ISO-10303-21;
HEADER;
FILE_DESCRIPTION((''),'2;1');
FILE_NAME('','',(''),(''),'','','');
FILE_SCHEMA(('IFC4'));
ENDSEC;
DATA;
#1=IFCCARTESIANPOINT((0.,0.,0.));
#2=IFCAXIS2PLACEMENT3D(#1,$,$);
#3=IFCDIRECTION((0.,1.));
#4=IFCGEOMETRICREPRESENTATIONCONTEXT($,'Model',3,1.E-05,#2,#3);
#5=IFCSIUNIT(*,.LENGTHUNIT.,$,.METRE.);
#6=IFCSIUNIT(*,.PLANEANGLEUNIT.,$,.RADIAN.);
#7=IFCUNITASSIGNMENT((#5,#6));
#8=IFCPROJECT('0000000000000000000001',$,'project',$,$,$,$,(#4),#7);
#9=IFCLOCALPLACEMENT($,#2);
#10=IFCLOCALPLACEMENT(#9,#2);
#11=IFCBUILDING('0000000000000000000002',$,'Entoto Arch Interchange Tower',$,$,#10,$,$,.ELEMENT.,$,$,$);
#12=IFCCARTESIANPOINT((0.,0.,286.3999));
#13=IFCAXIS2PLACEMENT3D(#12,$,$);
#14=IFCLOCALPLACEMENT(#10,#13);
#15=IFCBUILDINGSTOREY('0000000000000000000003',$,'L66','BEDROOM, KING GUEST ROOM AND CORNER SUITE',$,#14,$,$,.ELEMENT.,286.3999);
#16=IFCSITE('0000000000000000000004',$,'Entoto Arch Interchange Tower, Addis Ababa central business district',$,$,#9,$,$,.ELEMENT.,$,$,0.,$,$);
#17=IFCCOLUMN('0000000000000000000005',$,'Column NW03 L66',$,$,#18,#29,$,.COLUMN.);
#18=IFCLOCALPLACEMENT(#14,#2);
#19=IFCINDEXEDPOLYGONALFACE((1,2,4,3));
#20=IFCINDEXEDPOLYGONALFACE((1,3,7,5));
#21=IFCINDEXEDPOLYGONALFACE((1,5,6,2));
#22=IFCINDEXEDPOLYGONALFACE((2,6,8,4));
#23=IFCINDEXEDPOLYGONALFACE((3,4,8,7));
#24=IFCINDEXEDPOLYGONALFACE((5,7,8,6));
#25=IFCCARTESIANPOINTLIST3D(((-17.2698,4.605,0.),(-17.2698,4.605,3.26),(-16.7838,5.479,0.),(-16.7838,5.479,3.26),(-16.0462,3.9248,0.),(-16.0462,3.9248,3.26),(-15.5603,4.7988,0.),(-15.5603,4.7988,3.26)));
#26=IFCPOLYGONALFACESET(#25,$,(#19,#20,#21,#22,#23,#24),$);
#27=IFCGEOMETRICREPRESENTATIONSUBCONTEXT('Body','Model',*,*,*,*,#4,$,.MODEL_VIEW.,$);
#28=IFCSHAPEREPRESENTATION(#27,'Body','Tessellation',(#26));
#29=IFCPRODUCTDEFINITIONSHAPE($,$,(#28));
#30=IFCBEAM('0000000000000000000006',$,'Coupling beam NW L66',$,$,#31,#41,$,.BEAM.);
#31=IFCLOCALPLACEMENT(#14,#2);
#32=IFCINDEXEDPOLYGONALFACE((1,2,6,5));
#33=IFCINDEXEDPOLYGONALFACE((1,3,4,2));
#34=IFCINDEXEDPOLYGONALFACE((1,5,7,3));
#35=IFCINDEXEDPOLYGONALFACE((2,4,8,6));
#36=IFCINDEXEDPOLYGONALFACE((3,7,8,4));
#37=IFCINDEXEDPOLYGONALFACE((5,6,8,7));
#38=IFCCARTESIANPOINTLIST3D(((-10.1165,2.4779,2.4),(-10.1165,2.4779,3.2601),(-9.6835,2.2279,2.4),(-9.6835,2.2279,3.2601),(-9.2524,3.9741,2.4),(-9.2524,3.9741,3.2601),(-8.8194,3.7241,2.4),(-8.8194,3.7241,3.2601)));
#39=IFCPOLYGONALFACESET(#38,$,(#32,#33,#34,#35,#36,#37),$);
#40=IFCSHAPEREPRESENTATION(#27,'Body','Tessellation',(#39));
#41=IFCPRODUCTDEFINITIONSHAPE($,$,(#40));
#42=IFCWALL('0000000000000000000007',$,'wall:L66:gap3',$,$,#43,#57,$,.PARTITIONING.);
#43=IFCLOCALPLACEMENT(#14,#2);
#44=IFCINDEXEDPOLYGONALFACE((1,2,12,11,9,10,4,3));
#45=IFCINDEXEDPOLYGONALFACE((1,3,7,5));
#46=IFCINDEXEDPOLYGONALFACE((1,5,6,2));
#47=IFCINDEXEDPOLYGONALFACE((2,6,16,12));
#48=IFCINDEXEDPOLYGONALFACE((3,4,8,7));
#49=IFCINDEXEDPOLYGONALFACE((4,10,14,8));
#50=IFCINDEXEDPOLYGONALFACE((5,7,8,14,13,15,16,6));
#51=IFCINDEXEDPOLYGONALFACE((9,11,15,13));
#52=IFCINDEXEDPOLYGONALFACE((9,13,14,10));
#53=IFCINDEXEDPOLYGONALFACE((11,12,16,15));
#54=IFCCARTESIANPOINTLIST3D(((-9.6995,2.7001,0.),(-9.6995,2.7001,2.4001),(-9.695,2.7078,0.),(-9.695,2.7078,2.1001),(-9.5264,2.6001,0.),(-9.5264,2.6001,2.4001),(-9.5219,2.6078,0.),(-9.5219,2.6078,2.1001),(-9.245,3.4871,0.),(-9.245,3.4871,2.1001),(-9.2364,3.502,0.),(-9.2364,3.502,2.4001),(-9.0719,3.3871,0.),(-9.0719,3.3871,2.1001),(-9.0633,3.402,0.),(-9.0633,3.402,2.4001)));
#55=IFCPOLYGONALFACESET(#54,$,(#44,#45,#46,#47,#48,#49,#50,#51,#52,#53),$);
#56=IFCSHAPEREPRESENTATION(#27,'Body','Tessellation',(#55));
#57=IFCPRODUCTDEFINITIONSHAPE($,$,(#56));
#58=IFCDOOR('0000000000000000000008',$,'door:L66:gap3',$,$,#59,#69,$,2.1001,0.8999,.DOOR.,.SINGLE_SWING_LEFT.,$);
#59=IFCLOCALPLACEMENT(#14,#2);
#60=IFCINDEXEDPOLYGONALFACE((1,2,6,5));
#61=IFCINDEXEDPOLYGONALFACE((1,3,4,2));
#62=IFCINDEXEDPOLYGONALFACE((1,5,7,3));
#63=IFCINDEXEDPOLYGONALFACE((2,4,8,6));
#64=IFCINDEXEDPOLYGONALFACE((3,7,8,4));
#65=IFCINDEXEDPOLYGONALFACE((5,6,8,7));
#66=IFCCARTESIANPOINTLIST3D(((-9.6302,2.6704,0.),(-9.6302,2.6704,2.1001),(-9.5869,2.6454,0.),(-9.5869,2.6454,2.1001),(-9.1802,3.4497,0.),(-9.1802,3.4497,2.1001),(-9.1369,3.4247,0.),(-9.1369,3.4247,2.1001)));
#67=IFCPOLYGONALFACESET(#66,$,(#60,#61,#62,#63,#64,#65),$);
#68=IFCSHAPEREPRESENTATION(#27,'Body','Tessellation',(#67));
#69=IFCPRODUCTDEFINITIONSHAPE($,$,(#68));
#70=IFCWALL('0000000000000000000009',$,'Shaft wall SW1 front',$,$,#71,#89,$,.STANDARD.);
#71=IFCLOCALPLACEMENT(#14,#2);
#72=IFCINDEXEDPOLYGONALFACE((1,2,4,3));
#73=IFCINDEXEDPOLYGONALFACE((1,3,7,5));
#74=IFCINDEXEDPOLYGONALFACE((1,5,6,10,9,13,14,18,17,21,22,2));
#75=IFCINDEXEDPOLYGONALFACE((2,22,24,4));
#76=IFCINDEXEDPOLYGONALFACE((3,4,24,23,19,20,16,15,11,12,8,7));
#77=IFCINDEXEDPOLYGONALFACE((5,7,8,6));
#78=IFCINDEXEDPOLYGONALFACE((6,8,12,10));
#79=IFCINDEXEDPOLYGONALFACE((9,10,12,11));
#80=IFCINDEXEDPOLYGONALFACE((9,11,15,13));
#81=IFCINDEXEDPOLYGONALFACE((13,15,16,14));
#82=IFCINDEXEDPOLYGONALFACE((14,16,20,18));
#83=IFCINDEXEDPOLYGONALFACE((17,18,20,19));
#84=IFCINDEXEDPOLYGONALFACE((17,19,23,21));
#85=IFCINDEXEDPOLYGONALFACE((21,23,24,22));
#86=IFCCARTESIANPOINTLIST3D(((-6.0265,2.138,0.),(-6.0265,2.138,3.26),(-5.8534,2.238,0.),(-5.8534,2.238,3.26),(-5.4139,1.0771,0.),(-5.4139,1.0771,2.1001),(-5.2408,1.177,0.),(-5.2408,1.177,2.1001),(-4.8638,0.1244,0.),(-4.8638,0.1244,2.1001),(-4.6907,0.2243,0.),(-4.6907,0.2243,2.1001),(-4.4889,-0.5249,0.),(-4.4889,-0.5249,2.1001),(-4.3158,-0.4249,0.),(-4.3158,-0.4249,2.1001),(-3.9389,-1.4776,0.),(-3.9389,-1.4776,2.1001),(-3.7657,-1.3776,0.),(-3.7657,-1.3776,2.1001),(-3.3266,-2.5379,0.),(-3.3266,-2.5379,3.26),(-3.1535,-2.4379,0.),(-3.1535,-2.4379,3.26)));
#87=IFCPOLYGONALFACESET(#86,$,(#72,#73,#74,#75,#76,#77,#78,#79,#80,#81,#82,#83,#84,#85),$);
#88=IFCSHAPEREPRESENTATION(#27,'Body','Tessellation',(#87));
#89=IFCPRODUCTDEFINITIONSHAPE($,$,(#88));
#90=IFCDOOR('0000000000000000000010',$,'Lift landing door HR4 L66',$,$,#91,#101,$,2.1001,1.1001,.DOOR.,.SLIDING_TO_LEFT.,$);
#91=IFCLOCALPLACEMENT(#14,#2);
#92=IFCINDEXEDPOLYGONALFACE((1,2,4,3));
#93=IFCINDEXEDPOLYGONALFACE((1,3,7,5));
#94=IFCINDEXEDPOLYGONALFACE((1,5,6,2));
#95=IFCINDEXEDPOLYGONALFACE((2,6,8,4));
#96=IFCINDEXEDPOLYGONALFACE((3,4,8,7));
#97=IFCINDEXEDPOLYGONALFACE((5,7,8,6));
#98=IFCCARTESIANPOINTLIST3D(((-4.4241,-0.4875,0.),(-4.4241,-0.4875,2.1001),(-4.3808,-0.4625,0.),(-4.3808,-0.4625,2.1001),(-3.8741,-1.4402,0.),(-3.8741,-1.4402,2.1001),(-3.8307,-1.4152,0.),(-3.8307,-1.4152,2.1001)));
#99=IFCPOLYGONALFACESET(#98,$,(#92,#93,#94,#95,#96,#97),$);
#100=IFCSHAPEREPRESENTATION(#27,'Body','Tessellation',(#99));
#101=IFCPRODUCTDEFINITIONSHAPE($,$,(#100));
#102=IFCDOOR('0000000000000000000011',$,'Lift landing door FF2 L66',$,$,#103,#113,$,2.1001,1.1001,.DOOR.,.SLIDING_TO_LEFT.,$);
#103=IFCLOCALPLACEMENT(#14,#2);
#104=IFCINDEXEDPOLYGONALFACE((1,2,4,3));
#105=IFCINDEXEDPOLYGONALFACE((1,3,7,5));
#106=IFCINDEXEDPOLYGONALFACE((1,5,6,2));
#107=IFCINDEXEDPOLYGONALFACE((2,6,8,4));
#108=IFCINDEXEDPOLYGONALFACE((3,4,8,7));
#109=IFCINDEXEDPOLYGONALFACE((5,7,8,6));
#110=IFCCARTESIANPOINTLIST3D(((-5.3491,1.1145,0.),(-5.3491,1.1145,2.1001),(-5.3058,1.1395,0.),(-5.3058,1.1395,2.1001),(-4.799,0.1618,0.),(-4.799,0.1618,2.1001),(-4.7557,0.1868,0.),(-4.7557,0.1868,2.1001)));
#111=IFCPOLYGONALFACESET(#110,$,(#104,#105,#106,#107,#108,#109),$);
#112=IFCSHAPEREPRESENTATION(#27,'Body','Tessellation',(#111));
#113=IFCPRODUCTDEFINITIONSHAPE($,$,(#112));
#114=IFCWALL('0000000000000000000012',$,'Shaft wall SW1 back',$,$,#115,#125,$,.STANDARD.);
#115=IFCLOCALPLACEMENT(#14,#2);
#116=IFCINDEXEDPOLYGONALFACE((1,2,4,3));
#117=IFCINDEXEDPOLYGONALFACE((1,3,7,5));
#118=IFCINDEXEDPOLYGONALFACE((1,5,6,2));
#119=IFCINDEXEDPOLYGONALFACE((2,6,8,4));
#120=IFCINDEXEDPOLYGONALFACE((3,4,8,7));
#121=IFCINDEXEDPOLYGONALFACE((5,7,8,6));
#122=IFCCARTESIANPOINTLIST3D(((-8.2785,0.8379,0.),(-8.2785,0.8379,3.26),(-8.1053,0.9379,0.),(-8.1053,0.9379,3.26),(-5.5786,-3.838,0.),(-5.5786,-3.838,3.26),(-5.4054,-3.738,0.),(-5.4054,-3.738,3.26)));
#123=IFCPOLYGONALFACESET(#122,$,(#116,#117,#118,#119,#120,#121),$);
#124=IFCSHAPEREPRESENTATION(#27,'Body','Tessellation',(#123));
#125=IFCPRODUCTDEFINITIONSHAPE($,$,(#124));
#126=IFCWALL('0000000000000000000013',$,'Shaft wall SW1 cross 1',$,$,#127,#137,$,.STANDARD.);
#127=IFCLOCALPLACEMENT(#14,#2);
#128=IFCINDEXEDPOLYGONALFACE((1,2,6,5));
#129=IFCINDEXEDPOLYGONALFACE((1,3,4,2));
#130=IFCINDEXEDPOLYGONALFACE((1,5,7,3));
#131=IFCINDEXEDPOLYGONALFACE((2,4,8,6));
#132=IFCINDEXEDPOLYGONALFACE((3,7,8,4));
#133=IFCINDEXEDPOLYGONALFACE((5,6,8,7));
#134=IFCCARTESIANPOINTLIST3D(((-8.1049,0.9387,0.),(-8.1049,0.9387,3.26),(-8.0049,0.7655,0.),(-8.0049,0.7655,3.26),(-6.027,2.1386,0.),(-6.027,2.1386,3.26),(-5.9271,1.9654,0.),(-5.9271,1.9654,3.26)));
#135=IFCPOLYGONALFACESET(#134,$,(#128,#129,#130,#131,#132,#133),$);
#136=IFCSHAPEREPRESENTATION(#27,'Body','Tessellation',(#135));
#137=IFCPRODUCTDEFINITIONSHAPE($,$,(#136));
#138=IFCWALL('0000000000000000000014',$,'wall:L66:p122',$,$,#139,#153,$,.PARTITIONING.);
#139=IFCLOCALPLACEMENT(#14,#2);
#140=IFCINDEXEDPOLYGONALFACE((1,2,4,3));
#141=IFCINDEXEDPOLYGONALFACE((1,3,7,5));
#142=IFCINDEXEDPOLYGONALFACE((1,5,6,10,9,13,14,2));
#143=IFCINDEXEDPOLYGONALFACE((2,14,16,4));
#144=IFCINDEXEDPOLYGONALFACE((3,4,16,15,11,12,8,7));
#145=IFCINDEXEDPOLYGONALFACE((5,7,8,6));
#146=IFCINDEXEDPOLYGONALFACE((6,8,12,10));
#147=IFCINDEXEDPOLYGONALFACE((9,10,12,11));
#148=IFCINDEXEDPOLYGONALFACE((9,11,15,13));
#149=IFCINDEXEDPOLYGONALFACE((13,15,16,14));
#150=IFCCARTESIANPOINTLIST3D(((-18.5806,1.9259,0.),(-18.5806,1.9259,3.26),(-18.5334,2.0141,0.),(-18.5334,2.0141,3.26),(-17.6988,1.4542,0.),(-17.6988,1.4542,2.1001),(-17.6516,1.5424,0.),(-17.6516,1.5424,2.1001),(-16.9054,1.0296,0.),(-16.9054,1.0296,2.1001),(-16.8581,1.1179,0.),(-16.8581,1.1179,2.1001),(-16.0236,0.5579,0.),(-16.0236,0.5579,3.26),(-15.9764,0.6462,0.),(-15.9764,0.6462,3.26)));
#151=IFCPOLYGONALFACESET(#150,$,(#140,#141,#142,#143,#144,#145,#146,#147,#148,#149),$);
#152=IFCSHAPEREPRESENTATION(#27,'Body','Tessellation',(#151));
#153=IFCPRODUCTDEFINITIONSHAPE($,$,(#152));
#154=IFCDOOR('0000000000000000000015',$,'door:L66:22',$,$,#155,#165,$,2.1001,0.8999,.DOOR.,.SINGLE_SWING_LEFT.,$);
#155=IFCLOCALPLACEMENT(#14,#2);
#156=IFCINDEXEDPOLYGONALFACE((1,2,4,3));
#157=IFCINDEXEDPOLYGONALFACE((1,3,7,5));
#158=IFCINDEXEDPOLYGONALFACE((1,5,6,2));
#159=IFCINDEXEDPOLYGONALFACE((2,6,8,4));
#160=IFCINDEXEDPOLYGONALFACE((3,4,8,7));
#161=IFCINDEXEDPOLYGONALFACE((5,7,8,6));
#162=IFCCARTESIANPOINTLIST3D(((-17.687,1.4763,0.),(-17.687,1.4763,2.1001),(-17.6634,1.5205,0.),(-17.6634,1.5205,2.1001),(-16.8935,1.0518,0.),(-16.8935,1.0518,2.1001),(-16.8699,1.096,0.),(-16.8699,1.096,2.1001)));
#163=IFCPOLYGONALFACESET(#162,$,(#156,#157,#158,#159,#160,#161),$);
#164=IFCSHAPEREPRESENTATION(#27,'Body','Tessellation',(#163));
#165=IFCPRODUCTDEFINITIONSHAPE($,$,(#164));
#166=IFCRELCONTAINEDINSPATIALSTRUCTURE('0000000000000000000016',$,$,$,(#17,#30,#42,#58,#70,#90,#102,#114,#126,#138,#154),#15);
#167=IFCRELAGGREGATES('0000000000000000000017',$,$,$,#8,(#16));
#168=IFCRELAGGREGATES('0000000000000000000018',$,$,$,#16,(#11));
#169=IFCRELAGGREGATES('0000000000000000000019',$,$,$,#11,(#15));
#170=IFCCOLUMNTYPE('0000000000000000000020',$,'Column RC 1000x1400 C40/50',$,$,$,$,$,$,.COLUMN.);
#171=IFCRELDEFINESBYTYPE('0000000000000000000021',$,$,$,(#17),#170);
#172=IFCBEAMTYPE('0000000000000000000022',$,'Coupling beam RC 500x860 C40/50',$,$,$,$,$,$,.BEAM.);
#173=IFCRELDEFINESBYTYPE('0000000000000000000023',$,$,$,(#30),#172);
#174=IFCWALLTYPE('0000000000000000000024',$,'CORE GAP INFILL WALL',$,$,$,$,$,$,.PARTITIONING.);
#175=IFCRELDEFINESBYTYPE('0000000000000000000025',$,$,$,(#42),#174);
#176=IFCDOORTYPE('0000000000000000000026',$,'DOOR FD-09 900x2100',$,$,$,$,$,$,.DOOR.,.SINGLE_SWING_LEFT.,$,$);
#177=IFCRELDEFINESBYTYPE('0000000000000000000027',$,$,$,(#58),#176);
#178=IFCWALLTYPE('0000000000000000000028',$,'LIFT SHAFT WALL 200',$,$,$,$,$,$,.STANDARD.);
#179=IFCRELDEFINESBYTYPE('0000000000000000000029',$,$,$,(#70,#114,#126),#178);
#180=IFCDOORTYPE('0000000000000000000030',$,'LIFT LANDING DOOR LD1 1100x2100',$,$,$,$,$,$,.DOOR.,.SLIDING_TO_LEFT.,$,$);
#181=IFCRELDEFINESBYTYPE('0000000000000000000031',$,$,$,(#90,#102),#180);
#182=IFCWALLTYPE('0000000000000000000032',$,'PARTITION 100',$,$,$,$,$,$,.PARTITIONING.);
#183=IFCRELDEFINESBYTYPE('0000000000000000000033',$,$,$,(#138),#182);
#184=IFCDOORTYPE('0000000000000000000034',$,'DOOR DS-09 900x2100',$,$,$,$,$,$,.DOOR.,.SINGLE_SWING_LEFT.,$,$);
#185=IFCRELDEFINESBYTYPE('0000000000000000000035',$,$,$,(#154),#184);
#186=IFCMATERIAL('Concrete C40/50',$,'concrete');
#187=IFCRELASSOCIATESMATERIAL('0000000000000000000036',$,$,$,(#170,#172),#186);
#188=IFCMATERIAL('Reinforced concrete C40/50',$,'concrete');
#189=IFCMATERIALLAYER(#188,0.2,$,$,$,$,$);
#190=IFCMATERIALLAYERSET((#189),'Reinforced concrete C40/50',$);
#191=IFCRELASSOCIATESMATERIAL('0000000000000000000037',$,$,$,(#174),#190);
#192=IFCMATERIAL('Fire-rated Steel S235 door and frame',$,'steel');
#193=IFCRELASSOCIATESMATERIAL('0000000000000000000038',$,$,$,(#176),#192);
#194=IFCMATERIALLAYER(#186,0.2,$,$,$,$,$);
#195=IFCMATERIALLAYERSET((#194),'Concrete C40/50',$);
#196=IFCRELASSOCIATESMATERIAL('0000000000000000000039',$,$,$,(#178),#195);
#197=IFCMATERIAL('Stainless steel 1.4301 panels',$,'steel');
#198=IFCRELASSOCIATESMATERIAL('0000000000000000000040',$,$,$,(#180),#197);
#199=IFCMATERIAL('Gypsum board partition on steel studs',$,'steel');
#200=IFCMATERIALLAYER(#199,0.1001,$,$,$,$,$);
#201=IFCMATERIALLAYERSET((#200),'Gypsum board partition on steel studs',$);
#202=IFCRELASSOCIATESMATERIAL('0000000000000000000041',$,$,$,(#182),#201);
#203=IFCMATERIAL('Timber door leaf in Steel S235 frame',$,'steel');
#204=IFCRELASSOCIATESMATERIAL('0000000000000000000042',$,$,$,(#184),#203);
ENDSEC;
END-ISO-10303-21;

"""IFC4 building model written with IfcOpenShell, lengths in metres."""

from ifc_helpers import new_model, si_unit, direction, frame, frame_2d, origin, origin_2d, place, context, subcontext, project, spatial, rectangle, extrude, material, layer, layer_set, material_profile, profile_set, type_object, element, fill, save


model = new_model("IFC4")

# Units and contexts
model_context = context("Model", 3, precision=1e-05, world=origin(), true_north=direction((0.0, 1.0)))
body_context = subcontext(model_context, "Body", "Model", "MODEL_VIEW")
ifc_project = project(units=[si_unit("LENGTHUNIT", "METRE"), si_unit("PLANEANGLEUNIT", "RADIAN")], contexts=[model_context])

# Site, building, storey
site_placement = place(None, origin())
site = spatial("IfcSite", under=ifc_project, at=site_placement, Name="Entoto Arch Interchange Tower, Addis Ababa central business district", CompositionType="ELEMENT", RefElevation=0.0)
building_placement = place(site_placement, origin())
building = spatial("IfcBuilding", under=site, at=building_placement, Name="Entoto Arch Interchange Tower", CompositionType="ELEMENT")
storey_placement = place(building_placement, frame((0.0, 0.0, 286.3999)))
storey = spatial("IfcBuildingStorey", under=building, at=storey_placement, Name="L66", Description="BEDROOM, KING GUEST ROOM AND CORNER SUITE", CompositionType="ELEMENT", Elevation=286.3999)

# Column
ifc_material_1 = material(Name="Concrete C40/50", Category="concrete")
ifc_material_profile_1 = material_profile(ifc_material_1, rectangle(XDim=1.0, YDim=1.3999, at=origin_2d()))
ifc_profile_set_1 = profile_set([ifc_material_profile_1], Name="Concrete C40/50")
column_type = type_object("IfcColumnType", Name="Column RC 1000x1400 C40/50", PredefinedType="COLUMN", material=ifc_profile_set_1)
column_placement = place(storey_placement, frame((-16.415, 4.7019, 0.0), z_axis=(0.0, 0.0, 1.0), x_axis=(0.485924, 0.874001, 0.0)))
element("IfcColumn", 1, at=column_placement, inside=storey, type_object=column_type, Name="Column NW03 L66", PredefinedType="COLUMN", context=body_context, shape_type="SweptSolid", body=[
    extrude(rectangle(XDim=1.0, YDim=1.3999, at=origin_2d()), origin(), (0.0, 0.0, 1.0), 3.26),
])

# Beam
ifc_material_profile_2 = material_profile(ifc_material_1, rectangle(XDim=0.5, YDim=0.8601, at=origin_2d()))
ifc_profile_set_2 = profile_set([ifc_material_profile_2], Name="Concrete C40/50")
beam_type = type_object("IfcBeamType", Name="Coupling beam RC 500x860 C40/50", PredefinedType="BEAM", material=ifc_profile_set_2)
beam_placement = place(storey_placement, frame((-9.0359, 3.8491, 2.8301), z_axis=(-0.500106, -0.865964, 0.0), x_axis=(0.865964, -0.500106, 0.0)))
element("IfcBeam", 2, at=beam_placement, inside=storey, type_object=beam_type, Name="Coupling beam NW L66", PredefinedType="BEAM", context=body_context, shape_type="SweptSolid", body=[
    extrude(rectangle(XDim=0.5, YDim=0.8601, at=origin_2d()), origin(), (0.0, 0.0, 1.0), 1.7278),
])

# Wall, opening, door
ifc_material_2 = material(Name="Reinforced concrete C40/50", Category="concrete")
ifc_layer_1 = layer(ifc_material_2, 0.2)
ifc_layer_set_1 = layer_set([ifc_layer_1], Name="Reinforced concrete C40/50")
wall_type_1 = type_object("IfcWallType", Name="CORE GAP INFILL WALL", PredefinedType="PARTITIONING", material=ifc_layer_set_1)
wall_1_placement = place(storey_placement, frame((-9.1499, 3.4519, 0.0), z_axis=(0.0, 0.0, 1.0), x_axis=(-0.50008, -0.865979, 0.0)))
wall_1 = element("IfcWall", 3, at=wall_1_placement, inside=storey, type_object=wall_type_1, Name="wall:L66:gap3", PredefinedType="PARTITIONING", context=body_context, shape_type="SweptSolid", body=[
    extrude(rectangle(XDim=0.926, YDim=0.2, at=frame_2d((0.4629, 0.0))), origin(), (0.0, 0.0, 1.0), 2.4001),
])
opening_1_placement = place(wall_1_placement, frame((0.0171, 0.0, 0.0)))
opening_1 = element("IfcOpeningElement", 4, at=opening_1_placement, cuts=wall_1, PredefinedType="OPENING", context=body_context, shape_type="SweptSolid", body=[
    extrude(rectangle(XDim=0.8999, YDim=2.1001, at=frame_2d((0.45, 1.05))), frame((0.0, 0.1099, 0.0), z_axis=(0.0, -1.0, 0.0), x_axis=(1.0, 0.0, 0.0)), (0.0, 0.0, 1.0), 0.22),
])
ifc_material_3 = material(Name="Fire-rated Steel S235 door and frame", Category="steel")
door_type_1 = type_object("IfcDoorType", Name="DOOR FD-09 900x2100", OperationType="SINGLE_SWING_LEFT", PredefinedType="DOOR", material=ifc_material_3)
door_1_placement = place(opening_1_placement, origin())
door_1 = element("IfcDoor", 5, at=door_1_placement, inside=storey, type_object=door_type_1, Name="door:L66:gap3", OperationType="SINGLE_SWING_LEFT", OverallHeight=2.1001, OverallWidth=0.8999, PredefinedType="DOOR", context=body_context, shape_type="SweptSolid", body=[
    extrude(rectangle(XDim=0.8999, YDim=2.1001, at=frame_2d((0.45, 1.05))), frame((0.0, 0.0249, 0.0), z_axis=(0.0, -1.0, 0.0), x_axis=(1.0, 0.0, 0.0)), (0.0, 0.0, 1.0), 0.05),
])
fill(opening_1, door_1)

# Wall, openings, doors
ifc_layer_2 = layer(ifc_material_1, 0.2)
ifc_layer_set_2 = layer_set([ifc_layer_2], Name="Concrete C40/50")
wall_type_2 = type_object("IfcWallType", Name="LIFT SHAFT WALL 200", PredefinedType="STANDARD", material=ifc_layer_set_2)
wall_2_placement = place(storey_placement, frame((-5.9399, 2.188, 0.0), z_axis=(0.0, 0.0, 1.0), x_axis=(0.500034, -0.866006, 0.0)))
wall_2 = element("IfcWall", 6, at=wall_2_placement, inside=storey, type_object=wall_type_2, Name="Shaft wall SW1 front", PredefinedType="STANDARD", context=body_context, shape_type="SweptSolid", body=[
    extrude(rectangle(XDim=5.3994, YDim=0.2, at=frame_2d((2.6997, 0.0))), origin(), (0.0, 0.0, 1.0), 3.26),
])
opening_2_placement = place(wall_2_placement, frame((3.075, 0.0, 0.0)))
opening_2 = element("IfcOpeningElement", 7, at=opening_2_placement, cuts=wall_2, PredefinedType="OPENING", context=body_context, shape_type="SweptSolid", body=[
    extrude(rectangle(XDim=1.1001, YDim=2.1001, at=frame_2d((0.55, 1.05))), frame((0.0, 0.1099, 0.0), z_axis=(0.0, -1.0, 0.0), x_axis=(1.0, 0.0, 0.0)), (0.0, 0.0, 1.0), 0.22),
])
opening_3_placement = place(wall_2_placement, frame((1.2251, 0.0, 0.0)))
opening_3 = element("IfcOpeningElement", 8, at=opening_3_placement, cuts=wall_2, PredefinedType="OPENING", context=body_context, shape_type="SweptSolid", body=[
    extrude(rectangle(XDim=1.1001, YDim=2.1001, at=frame_2d((0.55, 1.05))), frame((0.0, 0.1099, 0.0), z_axis=(0.0, -1.0, 0.0), x_axis=(1.0, 0.0, 0.0)), (0.0, 0.0, 1.0), 0.22),
])
ifc_material_4 = material(Name="Stainless steel 1.4301 panels", Category="steel")
door_type_2 = type_object("IfcDoorType", Name="LIFT LANDING DOOR LD1 1100x2100", OperationType="SLIDING_TO_LEFT", PredefinedType="DOOR", material=ifc_material_4)
door_2_placement = place(opening_2_placement, origin())
door_2 = element("IfcDoor", 9, at=door_2_placement, inside=storey, type_object=door_type_2, Name="Lift landing door HR4 L66", OperationType="SLIDING_TO_LEFT", OverallHeight=2.1001, OverallWidth=1.1001, PredefinedType="DOOR", context=body_context, shape_type="SweptSolid", body=[
    extrude(rectangle(XDim=1.1001, YDim=2.1001, at=frame_2d((0.55, 1.05))), frame((0.0, 0.0249, 0.0), z_axis=(0.0, -1.0, 0.0), x_axis=(1.0, 0.0, 0.0)), (0.0, 0.0, 1.0), 0.05),
])
fill(opening_2, door_2)
door_3_placement = place(opening_3_placement, origin())
door_3 = element("IfcDoor", 10, at=door_3_placement, inside=storey, type_object=door_type_2, Name="Lift landing door FF2 L66", OperationType="SLIDING_TO_LEFT", OverallHeight=2.1001, OverallWidth=1.1001, PredefinedType="DOOR", context=body_context, shape_type="SweptSolid", body=[
    extrude(rectangle(XDim=1.1001, YDim=2.1001, at=frame_2d((0.55, 1.05))), frame((0.0, 0.0249, 0.0), z_axis=(0.0, -1.0, 0.0), x_axis=(1.0, 0.0, 0.0)), (0.0, 0.0, 1.0), 0.05),
])
fill(opening_3, door_3)

# Walls
wall_3_placement = place(storey_placement, frame((-8.1919, 0.8879, 0.0), z_axis=(0.0, 0.0, 1.0), x_axis=(0.500034, -0.866006, 0.0)))
element("IfcWall", 11, at=wall_3_placement, inside=storey, type_object=wall_type_2, Name="Shaft wall SW1 back", PredefinedType="STANDARD", context=body_context, shape_type="SweptSolid", body=[
    extrude(rectangle(XDim=5.3994, YDim=0.2, at=frame_2d((2.6997, 0.0))), origin(), (0.0, 0.0, 1.0), 3.26),
])
wall_4_placement = place(storey_placement, frame((-5.9771, 2.052, 0.0), z_axis=(0.0, 0.0, 1.0), x_axis=(-0.865974, -0.500089, 0.0)))
element("IfcWall", 12, at=wall_4_placement, inside=storey, type_object=wall_type_2, Name="Shaft wall SW1 cross 1", PredefinedType="STANDARD", context=body_context, shape_type="SweptSolid", body=[
    extrude(rectangle(XDim=2.3994, YDim=0.2, at=frame_2d((1.1997, 0.0))), origin(), (0.0, 0.0, 1.0), 3.26),
])

# Wall, opening, door
ifc_material_5 = material(Name="Gypsum board partition on steel studs", Category="steel")
ifc_layer_3 = layer(ifc_material_5, 0.1001)
ifc_layer_set_3 = layer_set([ifc_layer_3], Name="Gypsum board partition on steel studs")
wall_type_3 = type_object("IfcWallType", Name="PARTITION 100", PredefinedType="PARTITIONING", material=ifc_layer_set_3)
wall_5_placement = place(storey_placement, frame((-16.0, 0.6021, 0.0), z_axis=(0.0, 0.0, 1.0), x_axis=(-0.881744, 0.471728, 0.0)))
wall_5 = element("IfcWall", 13, at=wall_5_placement, inside=storey, type_object=wall_type_3, Name="wall:L66:p122", PredefinedType="PARTITIONING", context=body_context, shape_type="SweptSolid", body=[
    extrude(rectangle(XDim=2.8999, YDim=0.1001, at=frame_2d((1.45, 0.0))), origin(), (0.0, 0.0, 1.0), 3.26),
])
opening_4_placement = place(wall_5_placement, frame((1.0, 0.0, 0.0)))
opening_4 = element("IfcOpeningElement", 14, at=opening_4_placement, cuts=wall_5, PredefinedType="OPENING", context=body_context, shape_type="SweptSolid", body=[
    extrude(rectangle(XDim=0.8999, YDim=2.1001, at=frame_2d((0.45, 1.05))), frame((0.0, 0.0601, 0.0), z_axis=(0.0, -1.0, 0.0), x_axis=(1.0, 0.0, 0.0)), (0.0, 0.0, 1.0), 0.1201),
])
ifc_material_6 = material(Name="Timber door leaf in Steel S235 frame", Category="steel")
door_type_3 = type_object("IfcDoorType", Name="DOOR DS-09 900x2100", OperationType="SINGLE_SWING_LEFT", PredefinedType="DOOR", material=ifc_material_6)
door_4_placement = place(opening_4_placement, origin())
door_4 = element("IfcDoor", 15, at=door_4_placement, inside=storey, type_object=door_type_3, Name="door:L66:22", OperationType="SINGLE_SWING_LEFT", OverallHeight=2.1001, OverallWidth=0.8999, PredefinedType="DOOR", context=body_context, shape_type="SweptSolid", body=[
    extrude(rectangle(XDim=0.8999, YDim=2.1001, at=frame_2d((0.45, 1.05))), frame((0.0, 0.0249, 0.0), z_axis=(0.0, -1.0, 0.0), x_axis=(1.0, 0.0, 0.0)), (0.0, 0.0, 1.0), 0.05),
])
fill(opening_4, door_4)

save(model, "model.ifc")
